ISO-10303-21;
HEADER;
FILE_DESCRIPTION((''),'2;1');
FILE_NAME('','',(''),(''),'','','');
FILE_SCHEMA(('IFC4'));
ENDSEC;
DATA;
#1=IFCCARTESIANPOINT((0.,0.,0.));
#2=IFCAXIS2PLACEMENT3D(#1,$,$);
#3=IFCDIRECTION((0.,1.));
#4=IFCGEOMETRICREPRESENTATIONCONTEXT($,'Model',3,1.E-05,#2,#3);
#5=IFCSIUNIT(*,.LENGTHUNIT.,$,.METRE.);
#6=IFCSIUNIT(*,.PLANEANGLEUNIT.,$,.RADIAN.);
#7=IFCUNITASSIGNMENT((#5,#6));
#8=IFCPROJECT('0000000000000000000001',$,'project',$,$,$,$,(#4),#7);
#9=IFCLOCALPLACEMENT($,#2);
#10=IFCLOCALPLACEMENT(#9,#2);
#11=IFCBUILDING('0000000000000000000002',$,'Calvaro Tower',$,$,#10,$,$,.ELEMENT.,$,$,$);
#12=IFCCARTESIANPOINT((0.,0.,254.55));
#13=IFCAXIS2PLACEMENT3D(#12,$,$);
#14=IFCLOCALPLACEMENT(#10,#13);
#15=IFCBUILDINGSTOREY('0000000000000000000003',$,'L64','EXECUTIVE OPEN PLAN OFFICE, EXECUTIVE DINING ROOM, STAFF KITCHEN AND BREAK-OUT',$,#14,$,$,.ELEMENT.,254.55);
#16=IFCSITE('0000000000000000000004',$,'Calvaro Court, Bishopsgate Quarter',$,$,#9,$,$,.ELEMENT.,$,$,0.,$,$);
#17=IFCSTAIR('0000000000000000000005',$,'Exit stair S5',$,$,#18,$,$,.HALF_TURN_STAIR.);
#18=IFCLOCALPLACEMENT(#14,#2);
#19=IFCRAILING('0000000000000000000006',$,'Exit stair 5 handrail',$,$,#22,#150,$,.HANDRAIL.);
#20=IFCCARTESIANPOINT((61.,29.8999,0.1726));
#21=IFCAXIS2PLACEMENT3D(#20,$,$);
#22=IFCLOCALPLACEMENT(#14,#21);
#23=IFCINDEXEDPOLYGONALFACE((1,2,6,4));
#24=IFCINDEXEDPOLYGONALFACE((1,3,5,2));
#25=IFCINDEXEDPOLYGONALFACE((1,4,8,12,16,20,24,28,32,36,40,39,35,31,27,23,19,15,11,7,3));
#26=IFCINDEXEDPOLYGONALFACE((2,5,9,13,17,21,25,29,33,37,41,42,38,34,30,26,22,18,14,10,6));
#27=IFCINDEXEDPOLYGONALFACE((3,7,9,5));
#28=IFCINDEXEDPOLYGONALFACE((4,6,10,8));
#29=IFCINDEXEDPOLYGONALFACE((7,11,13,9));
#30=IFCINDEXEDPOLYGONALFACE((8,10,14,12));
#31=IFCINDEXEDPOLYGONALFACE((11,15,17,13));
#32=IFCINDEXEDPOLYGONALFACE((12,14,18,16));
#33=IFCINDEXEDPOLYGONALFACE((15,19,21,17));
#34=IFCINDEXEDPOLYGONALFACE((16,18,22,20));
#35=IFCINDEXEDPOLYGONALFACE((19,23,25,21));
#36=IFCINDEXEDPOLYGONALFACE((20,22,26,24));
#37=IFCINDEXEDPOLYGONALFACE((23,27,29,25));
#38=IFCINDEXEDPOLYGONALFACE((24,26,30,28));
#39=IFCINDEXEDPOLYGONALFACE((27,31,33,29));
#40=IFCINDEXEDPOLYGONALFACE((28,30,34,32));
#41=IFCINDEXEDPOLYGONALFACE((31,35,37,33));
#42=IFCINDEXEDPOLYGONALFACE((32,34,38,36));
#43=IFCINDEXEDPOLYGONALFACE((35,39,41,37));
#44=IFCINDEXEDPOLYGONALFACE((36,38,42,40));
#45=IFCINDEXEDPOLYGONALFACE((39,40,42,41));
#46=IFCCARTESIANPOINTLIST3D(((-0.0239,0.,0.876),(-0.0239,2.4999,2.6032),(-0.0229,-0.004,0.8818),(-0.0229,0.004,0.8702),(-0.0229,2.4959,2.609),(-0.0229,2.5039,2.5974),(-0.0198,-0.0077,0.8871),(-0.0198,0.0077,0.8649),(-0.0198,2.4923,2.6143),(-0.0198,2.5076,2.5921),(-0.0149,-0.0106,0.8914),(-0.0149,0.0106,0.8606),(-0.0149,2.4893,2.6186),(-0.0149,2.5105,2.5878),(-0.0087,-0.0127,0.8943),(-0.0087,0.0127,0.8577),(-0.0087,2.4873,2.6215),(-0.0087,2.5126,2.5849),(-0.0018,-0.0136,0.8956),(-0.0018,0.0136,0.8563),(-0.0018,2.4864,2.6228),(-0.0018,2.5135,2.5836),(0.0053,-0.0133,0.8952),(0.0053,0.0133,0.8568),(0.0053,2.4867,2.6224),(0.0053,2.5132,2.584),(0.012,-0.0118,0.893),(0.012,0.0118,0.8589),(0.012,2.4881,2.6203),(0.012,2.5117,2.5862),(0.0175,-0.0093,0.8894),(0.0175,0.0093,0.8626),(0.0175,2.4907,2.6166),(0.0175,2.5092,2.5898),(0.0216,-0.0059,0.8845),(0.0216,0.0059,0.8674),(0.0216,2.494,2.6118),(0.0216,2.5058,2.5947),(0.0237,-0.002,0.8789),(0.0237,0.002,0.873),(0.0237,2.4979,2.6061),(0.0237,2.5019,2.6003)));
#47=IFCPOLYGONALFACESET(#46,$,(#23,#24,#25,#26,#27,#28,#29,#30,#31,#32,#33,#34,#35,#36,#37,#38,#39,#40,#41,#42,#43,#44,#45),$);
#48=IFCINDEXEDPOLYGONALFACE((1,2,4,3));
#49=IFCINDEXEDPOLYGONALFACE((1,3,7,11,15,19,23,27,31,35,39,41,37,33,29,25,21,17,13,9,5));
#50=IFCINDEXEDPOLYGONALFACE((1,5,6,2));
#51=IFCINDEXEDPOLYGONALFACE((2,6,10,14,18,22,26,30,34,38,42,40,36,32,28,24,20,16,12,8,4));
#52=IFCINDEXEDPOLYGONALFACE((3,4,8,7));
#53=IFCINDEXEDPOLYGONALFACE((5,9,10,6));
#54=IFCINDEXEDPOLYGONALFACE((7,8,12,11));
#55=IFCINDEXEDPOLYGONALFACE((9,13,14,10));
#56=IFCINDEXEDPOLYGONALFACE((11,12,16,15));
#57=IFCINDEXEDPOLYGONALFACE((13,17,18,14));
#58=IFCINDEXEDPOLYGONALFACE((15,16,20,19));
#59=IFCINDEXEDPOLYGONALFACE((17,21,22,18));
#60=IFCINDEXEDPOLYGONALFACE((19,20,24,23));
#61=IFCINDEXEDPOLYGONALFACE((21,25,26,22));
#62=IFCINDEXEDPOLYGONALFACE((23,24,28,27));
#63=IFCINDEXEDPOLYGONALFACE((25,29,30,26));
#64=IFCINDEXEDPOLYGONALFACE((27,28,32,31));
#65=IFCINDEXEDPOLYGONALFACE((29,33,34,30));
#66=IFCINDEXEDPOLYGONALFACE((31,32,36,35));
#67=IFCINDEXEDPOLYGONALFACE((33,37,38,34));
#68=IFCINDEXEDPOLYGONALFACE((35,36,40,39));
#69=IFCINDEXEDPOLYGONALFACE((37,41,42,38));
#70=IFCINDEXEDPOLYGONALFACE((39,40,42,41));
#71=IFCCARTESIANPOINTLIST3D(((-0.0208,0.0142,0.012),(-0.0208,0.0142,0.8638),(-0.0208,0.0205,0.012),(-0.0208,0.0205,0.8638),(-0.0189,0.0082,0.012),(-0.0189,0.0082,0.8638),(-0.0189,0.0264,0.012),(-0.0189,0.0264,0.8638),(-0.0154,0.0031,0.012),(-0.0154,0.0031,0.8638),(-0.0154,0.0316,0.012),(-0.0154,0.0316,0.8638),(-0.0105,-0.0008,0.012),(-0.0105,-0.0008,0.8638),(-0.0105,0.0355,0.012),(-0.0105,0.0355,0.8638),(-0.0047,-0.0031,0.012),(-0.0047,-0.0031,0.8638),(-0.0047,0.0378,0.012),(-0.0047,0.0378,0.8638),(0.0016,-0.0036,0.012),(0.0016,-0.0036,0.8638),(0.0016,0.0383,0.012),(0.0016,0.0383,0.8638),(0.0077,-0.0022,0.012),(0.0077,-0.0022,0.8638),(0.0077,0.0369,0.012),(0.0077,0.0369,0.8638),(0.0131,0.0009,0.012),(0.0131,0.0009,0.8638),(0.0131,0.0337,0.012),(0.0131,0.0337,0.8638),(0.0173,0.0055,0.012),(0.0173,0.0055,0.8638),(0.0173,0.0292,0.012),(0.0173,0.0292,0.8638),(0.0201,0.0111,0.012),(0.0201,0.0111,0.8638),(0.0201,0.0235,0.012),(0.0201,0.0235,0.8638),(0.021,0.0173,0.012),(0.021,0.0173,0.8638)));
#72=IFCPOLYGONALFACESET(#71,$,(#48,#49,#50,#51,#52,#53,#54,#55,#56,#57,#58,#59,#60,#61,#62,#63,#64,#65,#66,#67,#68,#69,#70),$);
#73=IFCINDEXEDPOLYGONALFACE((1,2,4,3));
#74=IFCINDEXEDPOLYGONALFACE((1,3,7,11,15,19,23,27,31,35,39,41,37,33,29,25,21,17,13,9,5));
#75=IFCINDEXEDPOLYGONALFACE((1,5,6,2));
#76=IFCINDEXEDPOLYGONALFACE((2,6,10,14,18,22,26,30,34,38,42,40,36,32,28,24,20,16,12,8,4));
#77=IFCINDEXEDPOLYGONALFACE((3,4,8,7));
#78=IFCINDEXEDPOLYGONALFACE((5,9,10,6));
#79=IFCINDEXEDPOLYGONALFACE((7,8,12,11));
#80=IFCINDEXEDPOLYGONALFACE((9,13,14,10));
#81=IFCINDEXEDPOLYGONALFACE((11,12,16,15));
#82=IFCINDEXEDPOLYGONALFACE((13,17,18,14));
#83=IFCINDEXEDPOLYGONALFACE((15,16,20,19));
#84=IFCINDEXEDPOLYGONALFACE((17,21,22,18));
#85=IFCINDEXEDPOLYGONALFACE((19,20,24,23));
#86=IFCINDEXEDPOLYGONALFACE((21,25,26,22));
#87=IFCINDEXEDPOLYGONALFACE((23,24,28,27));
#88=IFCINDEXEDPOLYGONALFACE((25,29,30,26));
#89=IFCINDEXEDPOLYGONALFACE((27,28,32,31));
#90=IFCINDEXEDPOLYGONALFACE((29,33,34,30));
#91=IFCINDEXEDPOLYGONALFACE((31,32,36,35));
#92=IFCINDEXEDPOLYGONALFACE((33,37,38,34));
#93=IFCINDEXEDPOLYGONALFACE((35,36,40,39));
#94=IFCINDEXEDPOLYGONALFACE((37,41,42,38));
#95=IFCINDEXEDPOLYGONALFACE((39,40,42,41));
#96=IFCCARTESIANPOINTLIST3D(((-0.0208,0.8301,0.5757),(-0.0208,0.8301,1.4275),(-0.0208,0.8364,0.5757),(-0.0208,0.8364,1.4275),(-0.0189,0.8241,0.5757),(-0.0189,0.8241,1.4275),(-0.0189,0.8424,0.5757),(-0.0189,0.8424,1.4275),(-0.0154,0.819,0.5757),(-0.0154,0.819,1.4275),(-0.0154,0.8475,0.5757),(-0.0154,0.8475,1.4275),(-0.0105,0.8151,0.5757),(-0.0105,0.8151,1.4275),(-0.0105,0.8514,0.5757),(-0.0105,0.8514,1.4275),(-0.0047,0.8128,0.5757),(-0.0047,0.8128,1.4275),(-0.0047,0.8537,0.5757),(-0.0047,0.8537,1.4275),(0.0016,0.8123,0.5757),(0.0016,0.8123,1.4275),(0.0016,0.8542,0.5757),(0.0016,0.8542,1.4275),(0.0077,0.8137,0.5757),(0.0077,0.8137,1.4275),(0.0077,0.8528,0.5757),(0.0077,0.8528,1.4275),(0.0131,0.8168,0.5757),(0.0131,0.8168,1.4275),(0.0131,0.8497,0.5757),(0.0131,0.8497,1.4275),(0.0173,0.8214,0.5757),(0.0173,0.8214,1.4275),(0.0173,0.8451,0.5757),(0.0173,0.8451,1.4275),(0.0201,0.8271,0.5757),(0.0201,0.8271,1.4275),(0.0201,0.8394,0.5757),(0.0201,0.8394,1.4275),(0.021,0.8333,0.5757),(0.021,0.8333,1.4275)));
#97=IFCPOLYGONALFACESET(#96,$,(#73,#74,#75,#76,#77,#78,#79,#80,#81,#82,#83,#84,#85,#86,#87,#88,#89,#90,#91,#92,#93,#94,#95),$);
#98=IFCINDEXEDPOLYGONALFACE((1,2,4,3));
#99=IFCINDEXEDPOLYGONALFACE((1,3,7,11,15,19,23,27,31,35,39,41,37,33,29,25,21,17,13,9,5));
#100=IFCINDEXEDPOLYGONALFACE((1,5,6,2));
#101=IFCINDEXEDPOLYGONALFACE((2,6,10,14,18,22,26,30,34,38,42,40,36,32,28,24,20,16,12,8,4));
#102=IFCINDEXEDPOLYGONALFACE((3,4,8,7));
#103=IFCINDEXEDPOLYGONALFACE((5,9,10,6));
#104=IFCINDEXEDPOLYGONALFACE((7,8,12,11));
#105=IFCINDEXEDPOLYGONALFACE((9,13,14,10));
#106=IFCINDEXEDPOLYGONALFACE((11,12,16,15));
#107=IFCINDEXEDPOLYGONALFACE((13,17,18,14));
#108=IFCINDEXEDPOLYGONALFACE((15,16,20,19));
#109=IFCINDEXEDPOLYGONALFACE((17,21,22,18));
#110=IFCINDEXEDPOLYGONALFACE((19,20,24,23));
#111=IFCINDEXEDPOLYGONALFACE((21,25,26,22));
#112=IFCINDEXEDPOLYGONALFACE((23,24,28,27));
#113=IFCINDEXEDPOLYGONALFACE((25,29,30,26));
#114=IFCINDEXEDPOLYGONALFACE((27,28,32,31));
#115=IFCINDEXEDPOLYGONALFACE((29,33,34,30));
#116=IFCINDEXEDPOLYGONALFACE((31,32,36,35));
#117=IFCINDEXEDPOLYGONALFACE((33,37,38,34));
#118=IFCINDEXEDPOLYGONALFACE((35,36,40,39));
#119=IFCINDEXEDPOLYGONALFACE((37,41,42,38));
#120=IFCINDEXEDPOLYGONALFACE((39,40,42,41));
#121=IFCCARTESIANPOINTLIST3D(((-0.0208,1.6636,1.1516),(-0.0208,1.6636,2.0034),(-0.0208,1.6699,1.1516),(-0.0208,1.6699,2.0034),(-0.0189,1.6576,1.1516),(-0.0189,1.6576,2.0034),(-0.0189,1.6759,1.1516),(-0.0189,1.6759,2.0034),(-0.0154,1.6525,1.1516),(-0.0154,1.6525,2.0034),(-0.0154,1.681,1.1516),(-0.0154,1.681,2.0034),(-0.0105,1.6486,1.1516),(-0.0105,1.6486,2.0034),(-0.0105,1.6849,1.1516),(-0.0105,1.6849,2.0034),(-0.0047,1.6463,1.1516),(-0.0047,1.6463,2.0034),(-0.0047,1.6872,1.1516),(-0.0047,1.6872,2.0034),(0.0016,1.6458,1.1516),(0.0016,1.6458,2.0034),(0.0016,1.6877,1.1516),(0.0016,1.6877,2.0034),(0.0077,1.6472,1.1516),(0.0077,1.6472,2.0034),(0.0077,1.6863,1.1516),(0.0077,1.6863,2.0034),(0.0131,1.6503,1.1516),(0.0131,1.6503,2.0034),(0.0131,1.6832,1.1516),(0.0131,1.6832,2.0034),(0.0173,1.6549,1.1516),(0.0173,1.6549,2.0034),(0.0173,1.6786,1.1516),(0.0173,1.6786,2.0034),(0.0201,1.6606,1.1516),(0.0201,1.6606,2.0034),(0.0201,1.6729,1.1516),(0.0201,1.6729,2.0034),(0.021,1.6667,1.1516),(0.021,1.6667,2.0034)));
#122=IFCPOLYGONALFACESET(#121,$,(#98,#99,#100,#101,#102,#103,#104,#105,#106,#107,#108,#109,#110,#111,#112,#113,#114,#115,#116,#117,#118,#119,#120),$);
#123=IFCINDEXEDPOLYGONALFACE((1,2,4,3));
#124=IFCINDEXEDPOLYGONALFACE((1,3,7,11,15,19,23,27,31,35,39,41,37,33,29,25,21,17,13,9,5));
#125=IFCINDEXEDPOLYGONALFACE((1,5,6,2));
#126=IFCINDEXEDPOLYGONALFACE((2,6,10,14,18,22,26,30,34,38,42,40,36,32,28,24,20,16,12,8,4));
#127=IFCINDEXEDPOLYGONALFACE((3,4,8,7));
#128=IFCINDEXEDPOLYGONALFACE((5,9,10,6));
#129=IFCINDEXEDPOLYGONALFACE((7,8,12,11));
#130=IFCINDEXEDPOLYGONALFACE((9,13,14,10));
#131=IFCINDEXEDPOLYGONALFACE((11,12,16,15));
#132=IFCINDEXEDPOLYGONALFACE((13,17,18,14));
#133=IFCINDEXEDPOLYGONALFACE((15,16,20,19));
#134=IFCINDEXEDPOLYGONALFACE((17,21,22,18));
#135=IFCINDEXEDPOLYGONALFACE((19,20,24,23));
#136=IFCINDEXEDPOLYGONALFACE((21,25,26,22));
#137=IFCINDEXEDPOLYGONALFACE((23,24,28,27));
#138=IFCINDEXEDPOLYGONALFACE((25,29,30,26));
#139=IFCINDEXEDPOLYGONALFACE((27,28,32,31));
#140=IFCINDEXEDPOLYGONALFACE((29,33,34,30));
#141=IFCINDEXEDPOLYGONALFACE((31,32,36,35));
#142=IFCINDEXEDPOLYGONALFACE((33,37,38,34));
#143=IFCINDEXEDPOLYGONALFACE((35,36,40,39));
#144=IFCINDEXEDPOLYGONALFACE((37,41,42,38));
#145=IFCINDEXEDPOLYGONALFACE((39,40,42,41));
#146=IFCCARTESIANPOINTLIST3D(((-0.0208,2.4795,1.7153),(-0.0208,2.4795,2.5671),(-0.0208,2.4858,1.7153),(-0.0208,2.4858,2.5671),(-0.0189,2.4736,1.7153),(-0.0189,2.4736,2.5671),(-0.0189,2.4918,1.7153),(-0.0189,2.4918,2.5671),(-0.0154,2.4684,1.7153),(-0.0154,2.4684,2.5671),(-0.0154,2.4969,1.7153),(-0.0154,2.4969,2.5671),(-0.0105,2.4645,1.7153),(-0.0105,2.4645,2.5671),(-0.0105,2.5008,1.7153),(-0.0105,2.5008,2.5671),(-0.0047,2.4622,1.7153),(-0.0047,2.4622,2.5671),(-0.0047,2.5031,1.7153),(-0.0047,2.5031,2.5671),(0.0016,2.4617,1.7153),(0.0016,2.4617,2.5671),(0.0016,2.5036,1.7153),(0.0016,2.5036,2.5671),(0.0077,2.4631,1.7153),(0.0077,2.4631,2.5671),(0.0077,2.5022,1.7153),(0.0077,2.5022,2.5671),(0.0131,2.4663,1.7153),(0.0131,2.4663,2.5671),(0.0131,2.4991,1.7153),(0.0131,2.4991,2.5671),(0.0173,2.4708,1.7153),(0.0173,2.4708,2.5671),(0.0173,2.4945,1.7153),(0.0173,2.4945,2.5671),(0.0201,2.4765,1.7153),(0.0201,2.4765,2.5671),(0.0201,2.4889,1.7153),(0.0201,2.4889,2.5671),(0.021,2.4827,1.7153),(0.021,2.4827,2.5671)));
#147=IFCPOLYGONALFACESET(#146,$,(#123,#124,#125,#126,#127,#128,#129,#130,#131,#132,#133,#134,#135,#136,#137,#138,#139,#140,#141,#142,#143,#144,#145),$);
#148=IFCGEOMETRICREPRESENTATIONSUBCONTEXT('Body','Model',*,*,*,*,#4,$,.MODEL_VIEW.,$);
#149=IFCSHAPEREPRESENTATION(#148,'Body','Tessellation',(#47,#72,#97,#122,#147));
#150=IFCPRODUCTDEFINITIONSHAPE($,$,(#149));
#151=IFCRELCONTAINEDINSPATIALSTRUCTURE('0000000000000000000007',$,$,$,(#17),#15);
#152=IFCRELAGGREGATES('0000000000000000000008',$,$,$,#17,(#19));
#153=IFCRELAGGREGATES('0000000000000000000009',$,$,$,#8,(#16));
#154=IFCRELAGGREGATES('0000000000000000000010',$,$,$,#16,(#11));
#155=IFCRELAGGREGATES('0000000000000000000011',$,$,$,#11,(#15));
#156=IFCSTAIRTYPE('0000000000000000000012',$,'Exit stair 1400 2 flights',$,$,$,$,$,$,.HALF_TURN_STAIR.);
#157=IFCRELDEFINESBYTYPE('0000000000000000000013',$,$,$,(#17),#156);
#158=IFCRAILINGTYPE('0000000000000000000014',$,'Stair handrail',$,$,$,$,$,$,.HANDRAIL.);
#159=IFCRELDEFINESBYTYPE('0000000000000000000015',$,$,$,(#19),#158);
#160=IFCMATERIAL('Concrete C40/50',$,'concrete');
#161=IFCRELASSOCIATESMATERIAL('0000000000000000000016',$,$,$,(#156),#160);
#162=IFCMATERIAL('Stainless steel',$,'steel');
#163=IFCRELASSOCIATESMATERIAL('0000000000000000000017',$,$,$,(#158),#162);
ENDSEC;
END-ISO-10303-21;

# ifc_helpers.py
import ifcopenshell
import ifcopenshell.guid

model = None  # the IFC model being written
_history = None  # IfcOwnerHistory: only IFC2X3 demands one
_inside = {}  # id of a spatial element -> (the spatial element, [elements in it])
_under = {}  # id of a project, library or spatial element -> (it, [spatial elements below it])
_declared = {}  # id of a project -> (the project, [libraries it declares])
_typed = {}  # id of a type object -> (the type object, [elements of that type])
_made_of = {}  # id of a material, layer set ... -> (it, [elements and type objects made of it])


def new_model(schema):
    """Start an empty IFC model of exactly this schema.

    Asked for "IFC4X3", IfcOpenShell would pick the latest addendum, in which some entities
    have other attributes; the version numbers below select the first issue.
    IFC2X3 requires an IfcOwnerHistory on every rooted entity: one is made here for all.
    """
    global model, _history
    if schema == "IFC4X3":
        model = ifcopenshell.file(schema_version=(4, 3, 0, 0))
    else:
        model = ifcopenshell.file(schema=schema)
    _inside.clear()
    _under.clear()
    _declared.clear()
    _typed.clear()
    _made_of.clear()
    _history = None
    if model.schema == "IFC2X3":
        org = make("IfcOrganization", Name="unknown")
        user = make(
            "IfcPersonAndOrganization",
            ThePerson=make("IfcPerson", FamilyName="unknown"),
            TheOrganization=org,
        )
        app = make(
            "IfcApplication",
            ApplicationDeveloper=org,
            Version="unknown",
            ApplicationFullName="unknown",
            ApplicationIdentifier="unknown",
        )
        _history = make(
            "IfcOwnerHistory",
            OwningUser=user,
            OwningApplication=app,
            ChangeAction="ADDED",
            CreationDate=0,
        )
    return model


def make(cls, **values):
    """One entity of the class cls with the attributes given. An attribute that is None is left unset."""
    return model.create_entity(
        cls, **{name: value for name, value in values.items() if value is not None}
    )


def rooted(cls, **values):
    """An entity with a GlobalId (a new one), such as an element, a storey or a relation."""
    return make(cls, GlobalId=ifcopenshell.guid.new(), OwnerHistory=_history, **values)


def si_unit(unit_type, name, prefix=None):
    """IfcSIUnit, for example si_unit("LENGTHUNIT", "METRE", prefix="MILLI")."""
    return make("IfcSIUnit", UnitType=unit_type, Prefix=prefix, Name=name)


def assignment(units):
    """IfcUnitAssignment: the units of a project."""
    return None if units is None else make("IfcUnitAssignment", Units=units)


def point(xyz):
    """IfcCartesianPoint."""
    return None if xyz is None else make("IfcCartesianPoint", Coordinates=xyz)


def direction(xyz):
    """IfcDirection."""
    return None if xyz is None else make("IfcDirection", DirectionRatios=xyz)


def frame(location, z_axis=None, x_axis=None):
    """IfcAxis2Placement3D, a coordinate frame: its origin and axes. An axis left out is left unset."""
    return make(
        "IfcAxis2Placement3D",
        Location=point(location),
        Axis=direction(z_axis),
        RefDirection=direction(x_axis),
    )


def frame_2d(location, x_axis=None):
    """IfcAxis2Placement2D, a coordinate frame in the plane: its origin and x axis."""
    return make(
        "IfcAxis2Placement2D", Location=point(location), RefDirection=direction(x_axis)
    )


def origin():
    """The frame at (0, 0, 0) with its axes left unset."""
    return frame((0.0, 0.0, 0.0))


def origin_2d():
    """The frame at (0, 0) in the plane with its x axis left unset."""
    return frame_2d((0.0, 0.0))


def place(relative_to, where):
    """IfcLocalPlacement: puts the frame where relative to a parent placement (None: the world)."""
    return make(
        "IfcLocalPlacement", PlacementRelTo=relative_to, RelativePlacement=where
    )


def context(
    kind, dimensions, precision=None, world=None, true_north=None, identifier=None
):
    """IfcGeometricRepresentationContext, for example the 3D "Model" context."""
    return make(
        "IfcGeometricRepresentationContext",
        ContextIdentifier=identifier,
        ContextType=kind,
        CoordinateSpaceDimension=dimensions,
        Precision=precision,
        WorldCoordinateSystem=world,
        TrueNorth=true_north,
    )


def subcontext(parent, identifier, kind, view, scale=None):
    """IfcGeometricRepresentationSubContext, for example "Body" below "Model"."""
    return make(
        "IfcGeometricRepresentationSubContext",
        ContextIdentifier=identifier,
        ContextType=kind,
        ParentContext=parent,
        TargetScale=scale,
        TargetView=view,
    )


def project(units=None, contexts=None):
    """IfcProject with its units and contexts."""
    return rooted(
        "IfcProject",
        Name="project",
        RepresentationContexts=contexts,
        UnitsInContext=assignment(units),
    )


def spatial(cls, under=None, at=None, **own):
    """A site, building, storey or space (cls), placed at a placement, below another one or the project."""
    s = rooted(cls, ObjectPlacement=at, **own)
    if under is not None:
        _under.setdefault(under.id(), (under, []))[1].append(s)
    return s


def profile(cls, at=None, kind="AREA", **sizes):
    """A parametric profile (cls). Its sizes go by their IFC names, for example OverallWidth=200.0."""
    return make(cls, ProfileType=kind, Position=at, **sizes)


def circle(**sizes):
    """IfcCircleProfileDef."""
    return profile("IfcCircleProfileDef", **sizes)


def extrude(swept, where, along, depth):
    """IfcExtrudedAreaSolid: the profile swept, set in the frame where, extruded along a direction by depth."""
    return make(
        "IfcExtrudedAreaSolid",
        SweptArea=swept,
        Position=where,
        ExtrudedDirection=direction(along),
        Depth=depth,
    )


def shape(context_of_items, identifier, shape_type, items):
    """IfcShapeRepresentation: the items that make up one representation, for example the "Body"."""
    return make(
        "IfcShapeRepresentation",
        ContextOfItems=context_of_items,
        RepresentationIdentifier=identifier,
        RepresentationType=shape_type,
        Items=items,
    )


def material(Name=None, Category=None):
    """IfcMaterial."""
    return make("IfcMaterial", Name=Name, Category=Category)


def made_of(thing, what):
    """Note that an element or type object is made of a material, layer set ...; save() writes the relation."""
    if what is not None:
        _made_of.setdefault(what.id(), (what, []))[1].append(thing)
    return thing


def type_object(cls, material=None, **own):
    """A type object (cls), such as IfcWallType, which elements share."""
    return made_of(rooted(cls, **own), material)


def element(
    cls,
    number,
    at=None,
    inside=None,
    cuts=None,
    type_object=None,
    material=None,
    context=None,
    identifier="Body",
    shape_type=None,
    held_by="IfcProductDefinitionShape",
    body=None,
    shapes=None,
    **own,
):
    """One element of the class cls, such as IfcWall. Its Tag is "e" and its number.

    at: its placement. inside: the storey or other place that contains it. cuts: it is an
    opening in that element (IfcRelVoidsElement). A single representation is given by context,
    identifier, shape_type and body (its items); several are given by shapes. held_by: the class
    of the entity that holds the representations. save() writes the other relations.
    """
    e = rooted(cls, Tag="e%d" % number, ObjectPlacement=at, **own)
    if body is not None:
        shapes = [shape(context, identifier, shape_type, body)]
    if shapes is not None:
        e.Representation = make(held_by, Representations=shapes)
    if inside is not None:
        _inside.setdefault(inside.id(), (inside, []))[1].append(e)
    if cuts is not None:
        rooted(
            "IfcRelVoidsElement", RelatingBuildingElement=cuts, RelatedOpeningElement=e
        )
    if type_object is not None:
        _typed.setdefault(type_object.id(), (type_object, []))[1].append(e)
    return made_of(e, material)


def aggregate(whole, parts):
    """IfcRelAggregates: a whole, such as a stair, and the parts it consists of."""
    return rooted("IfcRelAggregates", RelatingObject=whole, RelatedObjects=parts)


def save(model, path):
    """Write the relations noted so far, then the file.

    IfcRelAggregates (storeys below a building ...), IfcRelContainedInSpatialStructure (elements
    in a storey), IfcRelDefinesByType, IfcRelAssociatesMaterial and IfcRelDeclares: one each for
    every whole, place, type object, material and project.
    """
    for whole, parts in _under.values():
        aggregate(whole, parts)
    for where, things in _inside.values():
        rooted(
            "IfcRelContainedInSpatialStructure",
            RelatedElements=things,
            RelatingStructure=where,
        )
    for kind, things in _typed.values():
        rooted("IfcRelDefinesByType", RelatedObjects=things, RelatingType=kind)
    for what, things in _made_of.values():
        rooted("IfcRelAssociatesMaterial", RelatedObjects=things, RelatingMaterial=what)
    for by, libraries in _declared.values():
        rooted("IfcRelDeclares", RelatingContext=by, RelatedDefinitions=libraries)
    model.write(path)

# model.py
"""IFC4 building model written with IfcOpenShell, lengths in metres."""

from ifc_helpers import new_model, si_unit, direction, frame, origin, origin_2d, place, context, subcontext, project, spatial, circle, extrude, material, type_object, element, aggregate, save


model = new_model("IFC4")

# Units and contexts
model_context = context("Model", 3, precision=1e-05, world=origin(), true_north=direction((0.0, 1.0)))
body_context = subcontext(model_context, "Body", "Model", "MODEL_VIEW")
ifc_project = project(units=[si_unit("LENGTHUNIT", "METRE"), si_unit("PLANEANGLEUNIT", "RADIAN")], contexts=[model_context])

# Site, building, storey
site_placement = place(None, origin())
site = spatial("IfcSite", under=ifc_project, at=site_placement, Name="Calvaro Court, Bishopsgate Quarter", CompositionType="ELEMENT", RefElevation=0.0)
building_placement = place(site_placement, origin())
building = spatial("IfcBuilding", under=site, at=building_placement, Name="Calvaro Tower", CompositionType="ELEMENT")
storey_placement = place(building_placement, frame((0.0, 0.0, 254.55)))
storey = spatial("IfcBuildingStorey", under=building, at=storey_placement, Name="L64", Description="EXECUTIVE OPEN PLAN OFFICE, EXECUTIVE DINING ROOM, STAFF KITCHEN AND BREAK-OUT", CompositionType="ELEMENT", Elevation=254.55)

# Shared definitions
ifc_material_1 = material(Name="Concrete C40/50", Category="concrete")
stair_type = type_object("IfcStairType", Name="Exit stair 1400 2 flights", PredefinedType="HALF_TURN_STAIR", material=ifc_material_1)

# Stair
stair_1_placement = place(storey_placement, origin())
stair_1 = element("IfcStair", 1, at=stair_1_placement, inside=storey, type_object=stair_type, Name="Exit stair S5", PredefinedType="HALF_TURN_STAIR")

# Railing
ifc_material_2 = material(Name="Stainless steel", Category="steel")
railing_type = type_object("IfcRailingType", Name="Stair handrail", PredefinedType="HANDRAIL", material=ifc_material_2)
railing_1_placement = place(storey_placement, frame((61.0, 29.8999, 0.1726)))
railing_1 = element("IfcRailing", 2, at=railing_1_placement, type_object=railing_type, Name="Exit stair 5 handrail", PredefinedType="HANDRAIL", context=body_context, shape_type="SweptSolid", body=[
    extrude(circle(Radius=0.0239, at=origin_2d()), frame((0.0, 0.0, 0.876), z_axis=(0.0, 0.822727, 0.568437), x_axis=(-1.0, 0.0, 0.0)), (0.0, 0.0, 1.0), 3.0386),
    extrude(circle(Radius=0.021, at=origin_2d()), frame((0.0, 0.0173, 0.012)), (0.0, 0.0, 1.0), 0.8518),
    extrude(circle(Radius=0.021, at=origin_2d()), frame((0.0, 0.8333, 0.5757)), (0.0, 0.0, 1.0), 0.8518),
    extrude(circle(Radius=0.021, at=origin_2d()), frame((0.0, 1.6667, 1.1516)), (0.0, 0.0, 1.0), 0.8518),
    extrude(circle(Radius=0.021, at=origin_2d()), frame((0.0, 2.4827, 1.7153)), (0.0, 0.0, 1.0), 0.8518),
])
aggregate(stair_1, [railing_1])

save(model, "model.ifc")
